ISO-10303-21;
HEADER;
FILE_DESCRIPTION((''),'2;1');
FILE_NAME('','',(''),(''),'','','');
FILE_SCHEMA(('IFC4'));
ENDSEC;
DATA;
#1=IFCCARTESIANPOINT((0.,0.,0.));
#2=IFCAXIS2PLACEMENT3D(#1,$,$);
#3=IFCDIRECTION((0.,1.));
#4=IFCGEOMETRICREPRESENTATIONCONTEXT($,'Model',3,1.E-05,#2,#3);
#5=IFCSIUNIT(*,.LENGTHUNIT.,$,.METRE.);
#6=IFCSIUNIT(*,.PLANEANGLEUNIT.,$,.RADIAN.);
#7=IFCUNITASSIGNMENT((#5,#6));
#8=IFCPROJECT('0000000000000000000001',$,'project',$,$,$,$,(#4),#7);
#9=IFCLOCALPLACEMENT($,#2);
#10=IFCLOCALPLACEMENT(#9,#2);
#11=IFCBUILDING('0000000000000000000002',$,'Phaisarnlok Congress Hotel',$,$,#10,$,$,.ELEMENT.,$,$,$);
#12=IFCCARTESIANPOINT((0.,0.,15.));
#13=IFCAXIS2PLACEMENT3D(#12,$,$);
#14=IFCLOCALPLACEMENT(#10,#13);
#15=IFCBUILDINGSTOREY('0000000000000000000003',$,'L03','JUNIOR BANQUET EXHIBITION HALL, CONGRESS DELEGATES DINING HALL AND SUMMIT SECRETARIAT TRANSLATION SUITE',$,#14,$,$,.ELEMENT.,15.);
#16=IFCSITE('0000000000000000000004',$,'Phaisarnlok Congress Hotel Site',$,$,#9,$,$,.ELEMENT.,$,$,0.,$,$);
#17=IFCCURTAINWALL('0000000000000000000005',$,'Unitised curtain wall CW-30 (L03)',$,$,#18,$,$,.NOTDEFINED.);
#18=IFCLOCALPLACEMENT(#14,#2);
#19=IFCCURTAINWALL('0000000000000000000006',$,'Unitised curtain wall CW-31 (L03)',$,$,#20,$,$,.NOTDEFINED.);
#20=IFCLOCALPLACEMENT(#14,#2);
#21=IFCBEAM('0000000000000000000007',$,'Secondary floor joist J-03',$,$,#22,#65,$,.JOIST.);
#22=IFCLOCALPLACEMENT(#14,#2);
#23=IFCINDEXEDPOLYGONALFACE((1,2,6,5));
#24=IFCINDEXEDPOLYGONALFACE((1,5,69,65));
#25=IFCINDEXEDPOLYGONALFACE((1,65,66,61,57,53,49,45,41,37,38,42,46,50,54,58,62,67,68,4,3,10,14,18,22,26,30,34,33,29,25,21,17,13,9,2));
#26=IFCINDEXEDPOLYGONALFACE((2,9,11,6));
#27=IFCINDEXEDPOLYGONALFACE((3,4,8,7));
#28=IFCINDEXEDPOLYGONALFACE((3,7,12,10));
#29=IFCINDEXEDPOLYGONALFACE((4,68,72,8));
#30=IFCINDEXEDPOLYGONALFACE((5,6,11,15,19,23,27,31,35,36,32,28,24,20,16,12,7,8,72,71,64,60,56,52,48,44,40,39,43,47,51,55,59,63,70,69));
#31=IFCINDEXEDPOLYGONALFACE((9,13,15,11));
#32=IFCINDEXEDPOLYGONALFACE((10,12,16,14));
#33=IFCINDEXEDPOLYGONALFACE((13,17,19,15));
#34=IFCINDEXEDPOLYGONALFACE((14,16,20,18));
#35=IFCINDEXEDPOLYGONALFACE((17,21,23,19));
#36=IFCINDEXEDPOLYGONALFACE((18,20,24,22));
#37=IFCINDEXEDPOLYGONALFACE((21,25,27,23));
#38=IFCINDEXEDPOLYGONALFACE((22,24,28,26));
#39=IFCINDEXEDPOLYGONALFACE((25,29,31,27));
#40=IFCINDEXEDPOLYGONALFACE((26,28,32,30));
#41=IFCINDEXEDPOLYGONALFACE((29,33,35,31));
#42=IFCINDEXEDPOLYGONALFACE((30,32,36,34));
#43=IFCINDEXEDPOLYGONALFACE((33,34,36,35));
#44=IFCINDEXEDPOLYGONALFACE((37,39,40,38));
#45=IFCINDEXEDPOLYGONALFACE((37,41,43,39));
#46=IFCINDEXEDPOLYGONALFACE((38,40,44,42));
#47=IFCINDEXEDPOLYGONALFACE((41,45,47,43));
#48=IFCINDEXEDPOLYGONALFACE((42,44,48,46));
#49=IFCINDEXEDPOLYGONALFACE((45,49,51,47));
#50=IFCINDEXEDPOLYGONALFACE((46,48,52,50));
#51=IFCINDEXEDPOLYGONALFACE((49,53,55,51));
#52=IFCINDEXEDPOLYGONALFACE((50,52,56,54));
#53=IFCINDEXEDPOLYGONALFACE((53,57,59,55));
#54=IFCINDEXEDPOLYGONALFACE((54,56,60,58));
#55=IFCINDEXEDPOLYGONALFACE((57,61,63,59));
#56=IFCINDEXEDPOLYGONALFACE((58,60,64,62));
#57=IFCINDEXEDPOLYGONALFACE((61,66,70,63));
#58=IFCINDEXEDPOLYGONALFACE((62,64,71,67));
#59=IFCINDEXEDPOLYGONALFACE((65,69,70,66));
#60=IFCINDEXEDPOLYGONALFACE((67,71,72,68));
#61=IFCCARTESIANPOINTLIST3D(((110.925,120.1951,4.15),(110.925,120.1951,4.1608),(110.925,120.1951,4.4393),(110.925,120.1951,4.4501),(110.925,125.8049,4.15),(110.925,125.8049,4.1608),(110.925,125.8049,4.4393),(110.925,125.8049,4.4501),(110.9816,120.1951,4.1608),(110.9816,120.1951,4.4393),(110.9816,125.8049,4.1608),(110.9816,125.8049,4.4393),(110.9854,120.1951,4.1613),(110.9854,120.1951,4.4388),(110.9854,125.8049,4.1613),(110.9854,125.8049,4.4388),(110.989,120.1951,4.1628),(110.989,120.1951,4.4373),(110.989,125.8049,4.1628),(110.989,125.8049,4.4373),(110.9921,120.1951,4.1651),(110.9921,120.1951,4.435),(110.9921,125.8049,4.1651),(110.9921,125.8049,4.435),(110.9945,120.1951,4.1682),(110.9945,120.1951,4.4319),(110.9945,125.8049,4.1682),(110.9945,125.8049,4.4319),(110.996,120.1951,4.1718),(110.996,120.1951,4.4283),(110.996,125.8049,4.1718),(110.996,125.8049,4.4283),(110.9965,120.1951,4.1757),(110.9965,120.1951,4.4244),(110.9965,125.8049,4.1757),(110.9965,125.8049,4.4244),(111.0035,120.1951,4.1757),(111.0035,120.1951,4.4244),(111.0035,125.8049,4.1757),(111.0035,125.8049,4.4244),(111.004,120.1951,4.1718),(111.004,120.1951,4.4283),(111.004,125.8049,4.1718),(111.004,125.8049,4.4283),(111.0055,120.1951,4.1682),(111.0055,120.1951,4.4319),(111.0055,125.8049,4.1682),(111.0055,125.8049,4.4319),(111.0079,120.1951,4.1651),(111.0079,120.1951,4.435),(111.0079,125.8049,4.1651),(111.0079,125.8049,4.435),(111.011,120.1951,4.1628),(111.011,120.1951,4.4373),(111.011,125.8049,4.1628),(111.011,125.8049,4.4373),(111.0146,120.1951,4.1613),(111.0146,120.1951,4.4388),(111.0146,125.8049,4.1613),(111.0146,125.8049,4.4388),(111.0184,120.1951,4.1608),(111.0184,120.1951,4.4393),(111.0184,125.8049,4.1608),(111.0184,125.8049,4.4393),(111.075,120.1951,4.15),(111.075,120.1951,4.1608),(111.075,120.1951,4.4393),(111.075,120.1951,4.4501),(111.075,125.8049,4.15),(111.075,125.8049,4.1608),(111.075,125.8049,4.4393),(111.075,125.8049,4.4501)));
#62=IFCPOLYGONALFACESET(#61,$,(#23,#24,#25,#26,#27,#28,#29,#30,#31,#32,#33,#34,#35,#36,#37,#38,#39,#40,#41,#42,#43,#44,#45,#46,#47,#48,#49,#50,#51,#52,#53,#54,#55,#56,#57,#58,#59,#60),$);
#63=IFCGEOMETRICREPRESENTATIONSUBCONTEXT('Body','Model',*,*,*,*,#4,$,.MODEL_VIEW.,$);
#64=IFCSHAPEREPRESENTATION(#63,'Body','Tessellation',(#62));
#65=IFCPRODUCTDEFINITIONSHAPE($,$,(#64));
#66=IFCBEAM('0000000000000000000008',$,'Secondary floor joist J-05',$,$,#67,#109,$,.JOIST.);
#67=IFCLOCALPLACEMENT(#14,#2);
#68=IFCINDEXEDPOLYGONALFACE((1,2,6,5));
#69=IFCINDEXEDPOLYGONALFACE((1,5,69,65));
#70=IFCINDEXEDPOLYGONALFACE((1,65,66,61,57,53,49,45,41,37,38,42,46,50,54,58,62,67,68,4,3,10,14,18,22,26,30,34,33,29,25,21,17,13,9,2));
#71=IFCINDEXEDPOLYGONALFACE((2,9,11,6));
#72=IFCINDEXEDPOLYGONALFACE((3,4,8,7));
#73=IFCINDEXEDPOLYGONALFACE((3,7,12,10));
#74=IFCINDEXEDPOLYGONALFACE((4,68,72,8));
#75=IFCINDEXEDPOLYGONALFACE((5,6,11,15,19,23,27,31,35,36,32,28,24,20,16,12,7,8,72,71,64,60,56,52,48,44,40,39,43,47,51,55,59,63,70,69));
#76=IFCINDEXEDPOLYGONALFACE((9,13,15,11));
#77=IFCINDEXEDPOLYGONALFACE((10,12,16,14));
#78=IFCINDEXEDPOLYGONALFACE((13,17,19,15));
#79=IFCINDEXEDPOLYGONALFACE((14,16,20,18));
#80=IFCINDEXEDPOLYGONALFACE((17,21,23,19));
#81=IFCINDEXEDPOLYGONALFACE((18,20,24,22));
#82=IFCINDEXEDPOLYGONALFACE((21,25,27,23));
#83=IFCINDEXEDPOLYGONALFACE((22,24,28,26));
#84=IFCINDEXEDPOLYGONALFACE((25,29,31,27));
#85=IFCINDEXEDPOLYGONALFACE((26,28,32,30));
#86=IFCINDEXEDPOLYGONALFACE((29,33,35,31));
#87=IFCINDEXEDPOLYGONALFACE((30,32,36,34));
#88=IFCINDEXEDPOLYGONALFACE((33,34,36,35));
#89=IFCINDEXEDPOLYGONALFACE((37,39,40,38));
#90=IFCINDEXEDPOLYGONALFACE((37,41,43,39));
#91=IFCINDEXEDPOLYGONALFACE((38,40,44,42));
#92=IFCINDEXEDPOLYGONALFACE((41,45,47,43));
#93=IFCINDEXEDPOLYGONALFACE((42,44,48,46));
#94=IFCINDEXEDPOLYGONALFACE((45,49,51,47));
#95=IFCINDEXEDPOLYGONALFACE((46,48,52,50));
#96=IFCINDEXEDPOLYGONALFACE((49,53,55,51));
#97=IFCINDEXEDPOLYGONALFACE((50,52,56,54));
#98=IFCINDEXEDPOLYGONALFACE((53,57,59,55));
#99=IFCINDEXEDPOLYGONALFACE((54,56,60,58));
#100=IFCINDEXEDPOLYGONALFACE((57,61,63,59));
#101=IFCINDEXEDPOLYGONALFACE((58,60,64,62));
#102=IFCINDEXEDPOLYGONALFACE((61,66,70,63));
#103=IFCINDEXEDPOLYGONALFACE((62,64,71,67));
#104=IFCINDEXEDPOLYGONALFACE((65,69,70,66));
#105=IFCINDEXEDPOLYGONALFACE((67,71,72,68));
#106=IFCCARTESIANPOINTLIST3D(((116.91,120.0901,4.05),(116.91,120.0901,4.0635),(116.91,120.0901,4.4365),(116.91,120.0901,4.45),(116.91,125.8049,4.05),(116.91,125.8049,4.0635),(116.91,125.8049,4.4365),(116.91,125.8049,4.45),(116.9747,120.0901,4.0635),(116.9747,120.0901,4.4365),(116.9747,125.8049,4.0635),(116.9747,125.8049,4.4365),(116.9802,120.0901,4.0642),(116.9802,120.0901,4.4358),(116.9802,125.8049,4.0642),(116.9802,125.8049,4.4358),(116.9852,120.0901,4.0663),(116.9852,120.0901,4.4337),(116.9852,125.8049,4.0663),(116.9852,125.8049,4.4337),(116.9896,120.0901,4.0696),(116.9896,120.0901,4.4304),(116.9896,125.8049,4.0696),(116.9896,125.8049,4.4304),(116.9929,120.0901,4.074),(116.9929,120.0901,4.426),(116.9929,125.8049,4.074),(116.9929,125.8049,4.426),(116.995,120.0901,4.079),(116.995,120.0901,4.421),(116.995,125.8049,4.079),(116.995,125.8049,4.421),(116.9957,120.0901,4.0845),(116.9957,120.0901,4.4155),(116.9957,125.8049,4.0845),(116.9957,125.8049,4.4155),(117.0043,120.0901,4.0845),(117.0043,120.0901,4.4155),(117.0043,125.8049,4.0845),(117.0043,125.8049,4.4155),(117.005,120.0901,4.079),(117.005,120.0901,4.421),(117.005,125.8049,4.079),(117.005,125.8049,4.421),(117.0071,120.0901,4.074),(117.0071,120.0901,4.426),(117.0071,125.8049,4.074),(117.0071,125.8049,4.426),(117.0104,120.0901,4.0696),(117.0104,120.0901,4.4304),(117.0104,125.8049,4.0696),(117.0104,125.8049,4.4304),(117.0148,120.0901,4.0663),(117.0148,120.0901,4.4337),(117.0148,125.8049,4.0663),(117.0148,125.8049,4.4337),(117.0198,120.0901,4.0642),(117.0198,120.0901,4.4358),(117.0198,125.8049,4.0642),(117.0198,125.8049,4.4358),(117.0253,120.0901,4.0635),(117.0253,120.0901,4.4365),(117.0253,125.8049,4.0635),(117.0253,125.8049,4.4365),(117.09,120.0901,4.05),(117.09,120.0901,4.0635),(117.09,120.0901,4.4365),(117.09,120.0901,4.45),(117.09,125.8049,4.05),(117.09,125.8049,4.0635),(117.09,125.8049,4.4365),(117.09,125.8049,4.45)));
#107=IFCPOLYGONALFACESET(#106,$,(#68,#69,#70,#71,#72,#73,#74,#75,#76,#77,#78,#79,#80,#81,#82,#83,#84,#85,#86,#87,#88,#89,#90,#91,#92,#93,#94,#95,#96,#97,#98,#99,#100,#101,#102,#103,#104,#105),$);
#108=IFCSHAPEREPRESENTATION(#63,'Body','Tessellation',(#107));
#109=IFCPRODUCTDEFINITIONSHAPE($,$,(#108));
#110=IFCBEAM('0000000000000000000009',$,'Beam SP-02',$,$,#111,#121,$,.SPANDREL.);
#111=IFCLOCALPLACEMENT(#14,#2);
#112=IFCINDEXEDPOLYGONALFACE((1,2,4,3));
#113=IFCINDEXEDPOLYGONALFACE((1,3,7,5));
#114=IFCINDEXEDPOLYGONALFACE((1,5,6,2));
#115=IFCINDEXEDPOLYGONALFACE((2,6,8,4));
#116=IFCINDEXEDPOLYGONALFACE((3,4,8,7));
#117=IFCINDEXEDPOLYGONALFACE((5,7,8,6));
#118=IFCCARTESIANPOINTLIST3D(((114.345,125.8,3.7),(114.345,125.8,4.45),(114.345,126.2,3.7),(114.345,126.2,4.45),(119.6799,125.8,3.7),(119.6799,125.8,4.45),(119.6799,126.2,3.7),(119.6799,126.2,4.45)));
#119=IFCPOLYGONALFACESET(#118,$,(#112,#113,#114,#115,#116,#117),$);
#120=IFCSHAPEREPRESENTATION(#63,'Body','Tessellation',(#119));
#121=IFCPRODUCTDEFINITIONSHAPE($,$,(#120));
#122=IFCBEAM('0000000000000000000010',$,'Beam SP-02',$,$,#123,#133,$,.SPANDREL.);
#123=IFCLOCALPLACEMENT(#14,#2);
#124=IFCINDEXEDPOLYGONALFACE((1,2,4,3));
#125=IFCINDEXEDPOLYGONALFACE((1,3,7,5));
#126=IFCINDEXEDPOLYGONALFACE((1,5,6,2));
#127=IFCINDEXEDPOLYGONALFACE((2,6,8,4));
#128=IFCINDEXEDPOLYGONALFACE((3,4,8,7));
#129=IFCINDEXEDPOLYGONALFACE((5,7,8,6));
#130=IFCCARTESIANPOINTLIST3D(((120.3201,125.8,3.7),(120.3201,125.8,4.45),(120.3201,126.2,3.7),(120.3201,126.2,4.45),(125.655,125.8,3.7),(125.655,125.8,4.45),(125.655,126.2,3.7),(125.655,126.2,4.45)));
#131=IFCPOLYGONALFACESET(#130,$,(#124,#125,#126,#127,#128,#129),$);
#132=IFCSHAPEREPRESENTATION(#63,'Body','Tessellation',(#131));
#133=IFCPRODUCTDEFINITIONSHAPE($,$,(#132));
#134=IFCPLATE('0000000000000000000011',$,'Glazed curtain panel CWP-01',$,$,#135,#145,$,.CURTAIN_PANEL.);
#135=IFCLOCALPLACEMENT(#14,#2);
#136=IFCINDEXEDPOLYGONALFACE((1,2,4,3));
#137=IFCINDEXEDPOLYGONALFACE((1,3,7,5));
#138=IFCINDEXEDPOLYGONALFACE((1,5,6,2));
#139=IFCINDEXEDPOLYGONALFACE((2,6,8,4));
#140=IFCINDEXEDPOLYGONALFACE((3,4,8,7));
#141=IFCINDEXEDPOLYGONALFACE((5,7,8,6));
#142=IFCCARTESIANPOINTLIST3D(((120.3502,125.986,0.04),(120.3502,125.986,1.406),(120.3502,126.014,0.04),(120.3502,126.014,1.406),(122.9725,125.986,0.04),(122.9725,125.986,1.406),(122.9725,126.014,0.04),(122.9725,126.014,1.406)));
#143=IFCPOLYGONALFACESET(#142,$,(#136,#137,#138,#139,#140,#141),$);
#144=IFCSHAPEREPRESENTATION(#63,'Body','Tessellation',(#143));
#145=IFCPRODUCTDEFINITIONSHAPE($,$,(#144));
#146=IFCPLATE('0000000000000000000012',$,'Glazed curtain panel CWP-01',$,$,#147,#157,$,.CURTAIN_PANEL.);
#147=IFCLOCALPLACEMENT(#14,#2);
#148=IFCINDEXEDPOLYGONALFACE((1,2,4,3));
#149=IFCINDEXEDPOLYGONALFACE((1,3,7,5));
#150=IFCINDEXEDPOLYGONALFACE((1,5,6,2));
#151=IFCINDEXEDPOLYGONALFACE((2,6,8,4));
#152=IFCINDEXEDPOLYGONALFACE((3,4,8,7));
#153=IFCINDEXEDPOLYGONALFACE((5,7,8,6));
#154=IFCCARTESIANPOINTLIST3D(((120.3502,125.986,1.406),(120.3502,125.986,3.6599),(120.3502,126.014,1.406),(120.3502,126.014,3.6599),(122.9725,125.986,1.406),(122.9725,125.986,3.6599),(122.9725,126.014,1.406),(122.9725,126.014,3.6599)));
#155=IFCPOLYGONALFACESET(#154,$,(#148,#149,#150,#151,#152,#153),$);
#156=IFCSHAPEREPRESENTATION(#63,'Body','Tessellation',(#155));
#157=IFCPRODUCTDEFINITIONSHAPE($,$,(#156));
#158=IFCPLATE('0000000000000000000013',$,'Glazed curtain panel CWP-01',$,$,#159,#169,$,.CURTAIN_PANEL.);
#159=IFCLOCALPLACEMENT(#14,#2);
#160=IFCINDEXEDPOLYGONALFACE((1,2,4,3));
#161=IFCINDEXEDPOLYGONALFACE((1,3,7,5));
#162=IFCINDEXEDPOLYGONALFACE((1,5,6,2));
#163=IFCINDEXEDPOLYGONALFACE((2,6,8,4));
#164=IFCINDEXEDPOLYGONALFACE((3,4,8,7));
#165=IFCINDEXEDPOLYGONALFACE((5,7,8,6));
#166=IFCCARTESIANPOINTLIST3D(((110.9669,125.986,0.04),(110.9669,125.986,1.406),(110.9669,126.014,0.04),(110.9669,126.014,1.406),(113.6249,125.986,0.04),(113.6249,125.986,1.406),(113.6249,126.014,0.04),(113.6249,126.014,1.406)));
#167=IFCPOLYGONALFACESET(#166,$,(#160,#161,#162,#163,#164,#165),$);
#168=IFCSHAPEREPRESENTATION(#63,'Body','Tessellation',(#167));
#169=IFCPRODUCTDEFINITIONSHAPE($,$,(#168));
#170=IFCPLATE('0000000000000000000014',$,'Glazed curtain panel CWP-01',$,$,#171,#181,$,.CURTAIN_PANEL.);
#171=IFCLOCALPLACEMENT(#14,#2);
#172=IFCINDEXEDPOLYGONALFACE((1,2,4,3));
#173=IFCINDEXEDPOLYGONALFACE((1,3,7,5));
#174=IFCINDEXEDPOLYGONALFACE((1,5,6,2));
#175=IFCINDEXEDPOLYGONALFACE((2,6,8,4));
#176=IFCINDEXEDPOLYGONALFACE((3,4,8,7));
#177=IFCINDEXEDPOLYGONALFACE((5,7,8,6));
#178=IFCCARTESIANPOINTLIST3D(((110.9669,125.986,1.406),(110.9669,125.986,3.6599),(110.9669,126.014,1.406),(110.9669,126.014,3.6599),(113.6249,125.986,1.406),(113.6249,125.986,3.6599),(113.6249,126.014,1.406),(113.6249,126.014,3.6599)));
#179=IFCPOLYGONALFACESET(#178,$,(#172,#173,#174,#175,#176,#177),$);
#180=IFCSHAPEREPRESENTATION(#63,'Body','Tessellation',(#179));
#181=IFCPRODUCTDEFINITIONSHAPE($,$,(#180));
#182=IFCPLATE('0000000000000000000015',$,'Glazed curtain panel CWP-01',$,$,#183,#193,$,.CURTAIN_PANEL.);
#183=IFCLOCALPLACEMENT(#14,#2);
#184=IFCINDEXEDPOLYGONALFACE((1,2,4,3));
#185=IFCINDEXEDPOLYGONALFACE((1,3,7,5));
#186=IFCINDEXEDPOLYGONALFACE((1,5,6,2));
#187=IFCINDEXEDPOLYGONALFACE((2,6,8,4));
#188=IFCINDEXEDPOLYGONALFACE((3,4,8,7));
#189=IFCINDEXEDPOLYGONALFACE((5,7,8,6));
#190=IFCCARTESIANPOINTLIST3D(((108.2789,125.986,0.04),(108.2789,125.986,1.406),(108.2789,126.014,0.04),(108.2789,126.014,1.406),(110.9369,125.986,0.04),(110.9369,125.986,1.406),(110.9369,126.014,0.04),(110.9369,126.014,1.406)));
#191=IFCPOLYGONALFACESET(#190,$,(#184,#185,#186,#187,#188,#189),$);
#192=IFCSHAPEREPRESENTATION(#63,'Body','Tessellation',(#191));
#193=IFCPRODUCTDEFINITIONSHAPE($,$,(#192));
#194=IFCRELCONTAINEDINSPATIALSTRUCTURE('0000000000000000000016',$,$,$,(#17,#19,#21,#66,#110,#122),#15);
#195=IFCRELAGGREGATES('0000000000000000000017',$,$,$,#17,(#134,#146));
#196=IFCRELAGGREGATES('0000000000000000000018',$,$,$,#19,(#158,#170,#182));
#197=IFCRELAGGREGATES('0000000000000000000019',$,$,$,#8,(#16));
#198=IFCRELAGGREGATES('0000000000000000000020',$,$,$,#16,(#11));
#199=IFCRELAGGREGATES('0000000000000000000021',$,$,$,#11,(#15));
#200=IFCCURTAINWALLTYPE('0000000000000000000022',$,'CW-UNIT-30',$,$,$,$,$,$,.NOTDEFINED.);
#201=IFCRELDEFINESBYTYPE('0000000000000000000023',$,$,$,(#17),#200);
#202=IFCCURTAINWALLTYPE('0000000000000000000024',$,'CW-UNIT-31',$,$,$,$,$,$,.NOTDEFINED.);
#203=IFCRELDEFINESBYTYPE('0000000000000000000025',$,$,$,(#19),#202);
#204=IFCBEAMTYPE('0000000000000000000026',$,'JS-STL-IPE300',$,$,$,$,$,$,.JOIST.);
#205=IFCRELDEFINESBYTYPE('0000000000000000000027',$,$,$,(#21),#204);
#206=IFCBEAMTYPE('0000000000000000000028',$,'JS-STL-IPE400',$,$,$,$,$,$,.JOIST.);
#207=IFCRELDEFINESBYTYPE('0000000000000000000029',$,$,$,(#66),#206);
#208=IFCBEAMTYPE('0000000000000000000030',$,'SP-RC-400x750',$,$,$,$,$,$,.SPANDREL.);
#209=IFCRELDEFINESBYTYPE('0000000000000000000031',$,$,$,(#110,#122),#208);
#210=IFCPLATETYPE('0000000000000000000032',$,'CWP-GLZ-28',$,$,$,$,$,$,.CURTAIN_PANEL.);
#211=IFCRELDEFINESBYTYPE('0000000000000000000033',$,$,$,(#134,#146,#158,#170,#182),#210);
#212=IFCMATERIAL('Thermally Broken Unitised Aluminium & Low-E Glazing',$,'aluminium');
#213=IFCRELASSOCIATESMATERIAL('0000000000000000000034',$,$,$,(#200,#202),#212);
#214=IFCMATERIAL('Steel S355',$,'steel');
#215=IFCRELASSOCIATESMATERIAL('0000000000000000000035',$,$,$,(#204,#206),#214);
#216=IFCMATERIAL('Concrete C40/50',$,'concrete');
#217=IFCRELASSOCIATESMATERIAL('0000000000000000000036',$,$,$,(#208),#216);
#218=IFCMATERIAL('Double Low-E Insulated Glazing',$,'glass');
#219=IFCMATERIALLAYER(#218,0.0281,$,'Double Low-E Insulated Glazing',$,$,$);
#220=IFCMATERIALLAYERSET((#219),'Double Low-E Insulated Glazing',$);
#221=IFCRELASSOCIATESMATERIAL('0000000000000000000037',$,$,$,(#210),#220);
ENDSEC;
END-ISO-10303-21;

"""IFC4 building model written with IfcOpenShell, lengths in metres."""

from ifc_helpers import new_model, si_unit, direction, frame, frame_2d, origin, origin_2d, place, context, subcontext, project, spatial, rectangle, i_section, extrude, material, layer, layer_set, material_profile, profile_set, type_object, element, aggregate, save


model = new_model("IFC4")

# Units and contexts
model_context = context("Model", 3, precision=1e-05, world=origin(), true_north=direction((0.0, 1.0)))
body_context = subcontext(model_context, "Body", "Model", "MODEL_VIEW")
ifc_project = project(units=[si_unit("LENGTHUNIT", "METRE"), si_unit("PLANEANGLEUNIT", "RADIAN")], contexts=[model_context])

# Site, building, storey
site_placement = place(None, origin())
site = spatial("IfcSite", under=ifc_project, at=site_placement, Name="Phaisarnlok Congress Hotel Site", CompositionType="ELEMENT", RefElevation=0.0)
building_placement = place(site_placement, origin())
building = spatial("IfcBuilding", under=site, at=building_placement, Name="Phaisarnlok Congress Hotel", CompositionType="ELEMENT")
storey_placement = place(building_placement, frame((0.0, 0.0, 15.0)))
storey = spatial("IfcBuildingStorey", under=building, at=storey_placement, Name="L03", Description="JUNIOR BANQUET EXHIBITION HALL, CONGRESS DELEGATES DINING HALL AND SUMMIT SECRETARIAT TRANSLATION SUITE", CompositionType="ELEMENT", Elevation=15.0)

# Shared definitions
ifc_material_1 = material(Name="Concrete C40/50", Category="concrete")
ifc_material_2 = material(Name="Steel S355", Category="steel")

# Curtain wall
ifc_material_3 = material(Name="Thermally Broken Unitised Aluminium & Low-E Glazing", Category="aluminium")
curtain_wall_type_1 = type_object("IfcCurtainWallType", Name="CW-UNIT-30", PredefinedType="NOTDEFINED", material=ifc_material_3)
curtain_wall_1_placement = place(storey_placement, origin())
curtain_wall_1 = element("IfcCurtainWall", 1, at=curtain_wall_1_placement, inside=storey, type_object=curtain_wall_type_1, Name="Unitised curtain wall CW-30 (L03)", PredefinedType="NOTDEFINED")

# Curtain wall
curtain_wall_type_2 = type_object("IfcCurtainWallType", Name="CW-UNIT-31", PredefinedType="NOTDEFINED", material=ifc_material_3)
curtain_wall_2_placement = place(storey_placement, origin())
curtain_wall_2 = element("IfcCurtainWall", 2, at=curtain_wall_2_placement, inside=storey, type_object=curtain_wall_type_2, Name="Unitised curtain wall CW-31 (L03)", PredefinedType="NOTDEFINED")

# Beams
ifc_material_profile_1 = material_profile(ifc_material_2, i_section(OverallWidth=0.1499, OverallDepth=0.3, WebThickness=0.0071, FlangeThickness=0.0107, FilletRadius=0.0149, at=origin_2d()), Name="IPE 300")
ifc_profile_set_1 = profile_set([ifc_material_profile_1], Name="Steel S355")
beam_type_1 = type_object("IfcBeamType", Name="JS-STL-IPE300", PredefinedType="JOIST", material=ifc_profile_set_1)
beam_1_placement = place(storey_placement, frame((111.0, 120.1951, 4.3), z_axis=(0.0, 1.0, 0.0), x_axis=(-1.0, 0.0, 0.0)))
element("IfcBeam", 3, at=beam_1_placement, inside=storey, type_object=beam_type_1, Name="Secondary floor joist J-03", PredefinedType="JOIST", context=body_context, shape_type="SweptSolid", body=[
    extrude(i_section(OverallWidth=0.1499, OverallDepth=0.3, WebThickness=0.0071, FlangeThickness=0.0107, FilletRadius=0.0149, at=origin_2d()), origin(), (0.0, 0.0, 1.0), 5.6099),
])
ifc_material_profile_2 = material_profile(ifc_material_2, i_section(OverallWidth=0.1799, OverallDepth=0.3999, WebThickness=0.0085, FlangeThickness=0.0134, FilletRadius=0.021, at=origin_2d()), Name="IPE 400")
ifc_profile_set_2 = profile_set([ifc_material_profile_2], Name="Steel S355")
beam_type_2 = type_object("IfcBeamType", Name="JS-STL-IPE400", PredefinedType="JOIST", material=ifc_profile_set_2)
beam_2_placement = place(storey_placement, frame((117.0, 120.0901, 4.25), z_axis=(0.0, 1.0, 0.0), x_axis=(-1.0, 0.0, 0.0)))
element("IfcBeam", 4, at=beam_2_placement, inside=storey, type_object=beam_type_2, Name="Secondary floor joist J-05", PredefinedType="JOIST", context=body_context, shape_type="SweptSolid", body=[
    extrude(i_section(OverallWidth=0.1799, OverallDepth=0.3999, WebThickness=0.0085, FlangeThickness=0.0134, FilletRadius=0.021, at=origin_2d()), origin(), (0.0, 0.0, 1.0), 5.7148),
])
ifc_material_profile_3 = material_profile(ifc_material_1, rectangle(XDim=0.3999, YDim=0.75, at=origin_2d()), Name="RC 400x750")
ifc_profile_set_3 = profile_set([ifc_material_profile_3], Name="Concrete C40/50")
beam_type_3 = type_object("IfcBeamType", Name="SP-RC-400x750", PredefinedType="SPANDREL", material=ifc_profile_set_3)
for number, where, z_axis, x_axis, name in (
    (5, (114.345, 126.0, 4.075), (1.0, 0.0, 0.0), (0.0, 1.0, 0.0), "Beam SP-02"),
    (6, (120.3201, 126.0, 4.075), (1.0, 0.0, 0.0), (0.0, 1.0, 0.0), "Beam SP-02"),
):
    element("IfcBeam", number, at=place(storey_placement, frame(where, z_axis=z_axis, x_axis=x_axis)), inside=storey, type_object=beam_type_3, Name=name, PredefinedType="SPANDREL", context=body_context, shape_type="SweptSolid", body=[
        extrude(rectangle(XDim=0.3999, YDim=0.75, at=origin_2d()), origin(), (0.0, 0.0, 1.0), 5.335),
    ])

# Plates
ifc_material_4 = material(Name="Double Low-E Insulated Glazing", Category="glass")
ifc_layer_1 = layer(ifc_material_4, 0.0281, Name="Double Low-E Insulated Glazing")
ifc_layer_set_1 = layer_set([ifc_layer_1], Name="Double Low-E Insulated Glazing")
plate_type = type_object("IfcPlateType", Name="CWP-GLZ-28", PredefinedType="CURTAIN_PANEL", material=ifc_layer_set_1)
plate_1_placement = place(storey_placement, frame((122.9724, 126.0, 0.04), z_axis=(0.0, 0.0, 1.0), x_axis=(-1.0, 0.0, 0.0)))
plate_1 = element("IfcPlate", 7, at=plate_1_placement, type_object=plate_type, Name="Glazed curtain panel CWP-01", PredefinedType="CURTAIN_PANEL", context=body_context, shape_type="SweptSolid", body=[
    extrude(rectangle(XDim=2.6223, YDim=0.0281, at=frame_2d((1.311, 0.0))), origin(), (0.0, 0.0, 1.0), 1.366),
])
plate_2_placement = place(storey_placement, frame((122.9724, 126.0, 1.406), z_axis=(0.0, 0.0, 1.0), x_axis=(-1.0, 0.0, 0.0)))
plate_2 = element("IfcPlate", 8, at=plate_2_placement, type_object=plate_type, Name="Glazed curtain panel CWP-01", PredefinedType="CURTAIN_PANEL", context=body_context, shape_type="SweptSolid", body=[
    extrude(rectangle(XDim=2.6223, YDim=0.0281, at=frame_2d((1.311, 0.0))), origin(), (0.0, 0.0, 1.0), 2.2539),
])
aggregate(curtain_wall_1, [plate_1, plate_2])
plate_3_placement = place(storey_placement, frame((113.625, 126.0, 0.04), z_axis=(0.0, 0.0, 1.0), x_axis=(-1.0, 0.0, 0.0)))
plate_3 = element("IfcPlate", 9, at=plate_3_placement, type_object=plate_type, Name="Glazed curtain panel CWP-01", PredefinedType="CURTAIN_PANEL", context=body_context, shape_type="SweptSolid", body=[
    extrude(rectangle(XDim=2.658, YDim=0.0281, at=frame_2d((1.3291, 0.0))), origin(), (0.0, 0.0, 1.0), 1.366),
])
plate_4_placement = place(storey_placement, frame((113.625, 126.0, 1.406), z_axis=(0.0, 0.0, 1.0), x_axis=(-1.0, 0.0, 0.0)))
plate_4 = element("IfcPlate", 10, at=plate_4_placement, type_object=plate_type, Name="Glazed curtain panel CWP-01", PredefinedType="CURTAIN_PANEL", context=body_context, shape_type="SweptSolid", body=[
    extrude(rectangle(XDim=2.658, YDim=0.0281, at=frame_2d((1.3291, 0.0))), origin(), (0.0, 0.0, 1.0), 2.2539),
])
plate_5_placement = place(storey_placement, frame((110.937, 126.0, 0.04), z_axis=(0.0, 0.0, 1.0), x_axis=(-1.0, 0.0, 0.0)))
plate_5 = element("IfcPlate", 11, at=plate_5_placement, type_object=plate_type, Name="Glazed curtain panel CWP-01", PredefinedType="CURTAIN_PANEL", context=body_context, shape_type="SweptSolid", body=[
    extrude(rectangle(XDim=2.658, YDim=0.0281, at=frame_2d((1.3291, 0.0))), origin(), (0.0, 0.0, 1.0), 1.366),
])
aggregate(curtain_wall_2, [plate_3, plate_4, plate_5])

save(model, "model.ifc")
